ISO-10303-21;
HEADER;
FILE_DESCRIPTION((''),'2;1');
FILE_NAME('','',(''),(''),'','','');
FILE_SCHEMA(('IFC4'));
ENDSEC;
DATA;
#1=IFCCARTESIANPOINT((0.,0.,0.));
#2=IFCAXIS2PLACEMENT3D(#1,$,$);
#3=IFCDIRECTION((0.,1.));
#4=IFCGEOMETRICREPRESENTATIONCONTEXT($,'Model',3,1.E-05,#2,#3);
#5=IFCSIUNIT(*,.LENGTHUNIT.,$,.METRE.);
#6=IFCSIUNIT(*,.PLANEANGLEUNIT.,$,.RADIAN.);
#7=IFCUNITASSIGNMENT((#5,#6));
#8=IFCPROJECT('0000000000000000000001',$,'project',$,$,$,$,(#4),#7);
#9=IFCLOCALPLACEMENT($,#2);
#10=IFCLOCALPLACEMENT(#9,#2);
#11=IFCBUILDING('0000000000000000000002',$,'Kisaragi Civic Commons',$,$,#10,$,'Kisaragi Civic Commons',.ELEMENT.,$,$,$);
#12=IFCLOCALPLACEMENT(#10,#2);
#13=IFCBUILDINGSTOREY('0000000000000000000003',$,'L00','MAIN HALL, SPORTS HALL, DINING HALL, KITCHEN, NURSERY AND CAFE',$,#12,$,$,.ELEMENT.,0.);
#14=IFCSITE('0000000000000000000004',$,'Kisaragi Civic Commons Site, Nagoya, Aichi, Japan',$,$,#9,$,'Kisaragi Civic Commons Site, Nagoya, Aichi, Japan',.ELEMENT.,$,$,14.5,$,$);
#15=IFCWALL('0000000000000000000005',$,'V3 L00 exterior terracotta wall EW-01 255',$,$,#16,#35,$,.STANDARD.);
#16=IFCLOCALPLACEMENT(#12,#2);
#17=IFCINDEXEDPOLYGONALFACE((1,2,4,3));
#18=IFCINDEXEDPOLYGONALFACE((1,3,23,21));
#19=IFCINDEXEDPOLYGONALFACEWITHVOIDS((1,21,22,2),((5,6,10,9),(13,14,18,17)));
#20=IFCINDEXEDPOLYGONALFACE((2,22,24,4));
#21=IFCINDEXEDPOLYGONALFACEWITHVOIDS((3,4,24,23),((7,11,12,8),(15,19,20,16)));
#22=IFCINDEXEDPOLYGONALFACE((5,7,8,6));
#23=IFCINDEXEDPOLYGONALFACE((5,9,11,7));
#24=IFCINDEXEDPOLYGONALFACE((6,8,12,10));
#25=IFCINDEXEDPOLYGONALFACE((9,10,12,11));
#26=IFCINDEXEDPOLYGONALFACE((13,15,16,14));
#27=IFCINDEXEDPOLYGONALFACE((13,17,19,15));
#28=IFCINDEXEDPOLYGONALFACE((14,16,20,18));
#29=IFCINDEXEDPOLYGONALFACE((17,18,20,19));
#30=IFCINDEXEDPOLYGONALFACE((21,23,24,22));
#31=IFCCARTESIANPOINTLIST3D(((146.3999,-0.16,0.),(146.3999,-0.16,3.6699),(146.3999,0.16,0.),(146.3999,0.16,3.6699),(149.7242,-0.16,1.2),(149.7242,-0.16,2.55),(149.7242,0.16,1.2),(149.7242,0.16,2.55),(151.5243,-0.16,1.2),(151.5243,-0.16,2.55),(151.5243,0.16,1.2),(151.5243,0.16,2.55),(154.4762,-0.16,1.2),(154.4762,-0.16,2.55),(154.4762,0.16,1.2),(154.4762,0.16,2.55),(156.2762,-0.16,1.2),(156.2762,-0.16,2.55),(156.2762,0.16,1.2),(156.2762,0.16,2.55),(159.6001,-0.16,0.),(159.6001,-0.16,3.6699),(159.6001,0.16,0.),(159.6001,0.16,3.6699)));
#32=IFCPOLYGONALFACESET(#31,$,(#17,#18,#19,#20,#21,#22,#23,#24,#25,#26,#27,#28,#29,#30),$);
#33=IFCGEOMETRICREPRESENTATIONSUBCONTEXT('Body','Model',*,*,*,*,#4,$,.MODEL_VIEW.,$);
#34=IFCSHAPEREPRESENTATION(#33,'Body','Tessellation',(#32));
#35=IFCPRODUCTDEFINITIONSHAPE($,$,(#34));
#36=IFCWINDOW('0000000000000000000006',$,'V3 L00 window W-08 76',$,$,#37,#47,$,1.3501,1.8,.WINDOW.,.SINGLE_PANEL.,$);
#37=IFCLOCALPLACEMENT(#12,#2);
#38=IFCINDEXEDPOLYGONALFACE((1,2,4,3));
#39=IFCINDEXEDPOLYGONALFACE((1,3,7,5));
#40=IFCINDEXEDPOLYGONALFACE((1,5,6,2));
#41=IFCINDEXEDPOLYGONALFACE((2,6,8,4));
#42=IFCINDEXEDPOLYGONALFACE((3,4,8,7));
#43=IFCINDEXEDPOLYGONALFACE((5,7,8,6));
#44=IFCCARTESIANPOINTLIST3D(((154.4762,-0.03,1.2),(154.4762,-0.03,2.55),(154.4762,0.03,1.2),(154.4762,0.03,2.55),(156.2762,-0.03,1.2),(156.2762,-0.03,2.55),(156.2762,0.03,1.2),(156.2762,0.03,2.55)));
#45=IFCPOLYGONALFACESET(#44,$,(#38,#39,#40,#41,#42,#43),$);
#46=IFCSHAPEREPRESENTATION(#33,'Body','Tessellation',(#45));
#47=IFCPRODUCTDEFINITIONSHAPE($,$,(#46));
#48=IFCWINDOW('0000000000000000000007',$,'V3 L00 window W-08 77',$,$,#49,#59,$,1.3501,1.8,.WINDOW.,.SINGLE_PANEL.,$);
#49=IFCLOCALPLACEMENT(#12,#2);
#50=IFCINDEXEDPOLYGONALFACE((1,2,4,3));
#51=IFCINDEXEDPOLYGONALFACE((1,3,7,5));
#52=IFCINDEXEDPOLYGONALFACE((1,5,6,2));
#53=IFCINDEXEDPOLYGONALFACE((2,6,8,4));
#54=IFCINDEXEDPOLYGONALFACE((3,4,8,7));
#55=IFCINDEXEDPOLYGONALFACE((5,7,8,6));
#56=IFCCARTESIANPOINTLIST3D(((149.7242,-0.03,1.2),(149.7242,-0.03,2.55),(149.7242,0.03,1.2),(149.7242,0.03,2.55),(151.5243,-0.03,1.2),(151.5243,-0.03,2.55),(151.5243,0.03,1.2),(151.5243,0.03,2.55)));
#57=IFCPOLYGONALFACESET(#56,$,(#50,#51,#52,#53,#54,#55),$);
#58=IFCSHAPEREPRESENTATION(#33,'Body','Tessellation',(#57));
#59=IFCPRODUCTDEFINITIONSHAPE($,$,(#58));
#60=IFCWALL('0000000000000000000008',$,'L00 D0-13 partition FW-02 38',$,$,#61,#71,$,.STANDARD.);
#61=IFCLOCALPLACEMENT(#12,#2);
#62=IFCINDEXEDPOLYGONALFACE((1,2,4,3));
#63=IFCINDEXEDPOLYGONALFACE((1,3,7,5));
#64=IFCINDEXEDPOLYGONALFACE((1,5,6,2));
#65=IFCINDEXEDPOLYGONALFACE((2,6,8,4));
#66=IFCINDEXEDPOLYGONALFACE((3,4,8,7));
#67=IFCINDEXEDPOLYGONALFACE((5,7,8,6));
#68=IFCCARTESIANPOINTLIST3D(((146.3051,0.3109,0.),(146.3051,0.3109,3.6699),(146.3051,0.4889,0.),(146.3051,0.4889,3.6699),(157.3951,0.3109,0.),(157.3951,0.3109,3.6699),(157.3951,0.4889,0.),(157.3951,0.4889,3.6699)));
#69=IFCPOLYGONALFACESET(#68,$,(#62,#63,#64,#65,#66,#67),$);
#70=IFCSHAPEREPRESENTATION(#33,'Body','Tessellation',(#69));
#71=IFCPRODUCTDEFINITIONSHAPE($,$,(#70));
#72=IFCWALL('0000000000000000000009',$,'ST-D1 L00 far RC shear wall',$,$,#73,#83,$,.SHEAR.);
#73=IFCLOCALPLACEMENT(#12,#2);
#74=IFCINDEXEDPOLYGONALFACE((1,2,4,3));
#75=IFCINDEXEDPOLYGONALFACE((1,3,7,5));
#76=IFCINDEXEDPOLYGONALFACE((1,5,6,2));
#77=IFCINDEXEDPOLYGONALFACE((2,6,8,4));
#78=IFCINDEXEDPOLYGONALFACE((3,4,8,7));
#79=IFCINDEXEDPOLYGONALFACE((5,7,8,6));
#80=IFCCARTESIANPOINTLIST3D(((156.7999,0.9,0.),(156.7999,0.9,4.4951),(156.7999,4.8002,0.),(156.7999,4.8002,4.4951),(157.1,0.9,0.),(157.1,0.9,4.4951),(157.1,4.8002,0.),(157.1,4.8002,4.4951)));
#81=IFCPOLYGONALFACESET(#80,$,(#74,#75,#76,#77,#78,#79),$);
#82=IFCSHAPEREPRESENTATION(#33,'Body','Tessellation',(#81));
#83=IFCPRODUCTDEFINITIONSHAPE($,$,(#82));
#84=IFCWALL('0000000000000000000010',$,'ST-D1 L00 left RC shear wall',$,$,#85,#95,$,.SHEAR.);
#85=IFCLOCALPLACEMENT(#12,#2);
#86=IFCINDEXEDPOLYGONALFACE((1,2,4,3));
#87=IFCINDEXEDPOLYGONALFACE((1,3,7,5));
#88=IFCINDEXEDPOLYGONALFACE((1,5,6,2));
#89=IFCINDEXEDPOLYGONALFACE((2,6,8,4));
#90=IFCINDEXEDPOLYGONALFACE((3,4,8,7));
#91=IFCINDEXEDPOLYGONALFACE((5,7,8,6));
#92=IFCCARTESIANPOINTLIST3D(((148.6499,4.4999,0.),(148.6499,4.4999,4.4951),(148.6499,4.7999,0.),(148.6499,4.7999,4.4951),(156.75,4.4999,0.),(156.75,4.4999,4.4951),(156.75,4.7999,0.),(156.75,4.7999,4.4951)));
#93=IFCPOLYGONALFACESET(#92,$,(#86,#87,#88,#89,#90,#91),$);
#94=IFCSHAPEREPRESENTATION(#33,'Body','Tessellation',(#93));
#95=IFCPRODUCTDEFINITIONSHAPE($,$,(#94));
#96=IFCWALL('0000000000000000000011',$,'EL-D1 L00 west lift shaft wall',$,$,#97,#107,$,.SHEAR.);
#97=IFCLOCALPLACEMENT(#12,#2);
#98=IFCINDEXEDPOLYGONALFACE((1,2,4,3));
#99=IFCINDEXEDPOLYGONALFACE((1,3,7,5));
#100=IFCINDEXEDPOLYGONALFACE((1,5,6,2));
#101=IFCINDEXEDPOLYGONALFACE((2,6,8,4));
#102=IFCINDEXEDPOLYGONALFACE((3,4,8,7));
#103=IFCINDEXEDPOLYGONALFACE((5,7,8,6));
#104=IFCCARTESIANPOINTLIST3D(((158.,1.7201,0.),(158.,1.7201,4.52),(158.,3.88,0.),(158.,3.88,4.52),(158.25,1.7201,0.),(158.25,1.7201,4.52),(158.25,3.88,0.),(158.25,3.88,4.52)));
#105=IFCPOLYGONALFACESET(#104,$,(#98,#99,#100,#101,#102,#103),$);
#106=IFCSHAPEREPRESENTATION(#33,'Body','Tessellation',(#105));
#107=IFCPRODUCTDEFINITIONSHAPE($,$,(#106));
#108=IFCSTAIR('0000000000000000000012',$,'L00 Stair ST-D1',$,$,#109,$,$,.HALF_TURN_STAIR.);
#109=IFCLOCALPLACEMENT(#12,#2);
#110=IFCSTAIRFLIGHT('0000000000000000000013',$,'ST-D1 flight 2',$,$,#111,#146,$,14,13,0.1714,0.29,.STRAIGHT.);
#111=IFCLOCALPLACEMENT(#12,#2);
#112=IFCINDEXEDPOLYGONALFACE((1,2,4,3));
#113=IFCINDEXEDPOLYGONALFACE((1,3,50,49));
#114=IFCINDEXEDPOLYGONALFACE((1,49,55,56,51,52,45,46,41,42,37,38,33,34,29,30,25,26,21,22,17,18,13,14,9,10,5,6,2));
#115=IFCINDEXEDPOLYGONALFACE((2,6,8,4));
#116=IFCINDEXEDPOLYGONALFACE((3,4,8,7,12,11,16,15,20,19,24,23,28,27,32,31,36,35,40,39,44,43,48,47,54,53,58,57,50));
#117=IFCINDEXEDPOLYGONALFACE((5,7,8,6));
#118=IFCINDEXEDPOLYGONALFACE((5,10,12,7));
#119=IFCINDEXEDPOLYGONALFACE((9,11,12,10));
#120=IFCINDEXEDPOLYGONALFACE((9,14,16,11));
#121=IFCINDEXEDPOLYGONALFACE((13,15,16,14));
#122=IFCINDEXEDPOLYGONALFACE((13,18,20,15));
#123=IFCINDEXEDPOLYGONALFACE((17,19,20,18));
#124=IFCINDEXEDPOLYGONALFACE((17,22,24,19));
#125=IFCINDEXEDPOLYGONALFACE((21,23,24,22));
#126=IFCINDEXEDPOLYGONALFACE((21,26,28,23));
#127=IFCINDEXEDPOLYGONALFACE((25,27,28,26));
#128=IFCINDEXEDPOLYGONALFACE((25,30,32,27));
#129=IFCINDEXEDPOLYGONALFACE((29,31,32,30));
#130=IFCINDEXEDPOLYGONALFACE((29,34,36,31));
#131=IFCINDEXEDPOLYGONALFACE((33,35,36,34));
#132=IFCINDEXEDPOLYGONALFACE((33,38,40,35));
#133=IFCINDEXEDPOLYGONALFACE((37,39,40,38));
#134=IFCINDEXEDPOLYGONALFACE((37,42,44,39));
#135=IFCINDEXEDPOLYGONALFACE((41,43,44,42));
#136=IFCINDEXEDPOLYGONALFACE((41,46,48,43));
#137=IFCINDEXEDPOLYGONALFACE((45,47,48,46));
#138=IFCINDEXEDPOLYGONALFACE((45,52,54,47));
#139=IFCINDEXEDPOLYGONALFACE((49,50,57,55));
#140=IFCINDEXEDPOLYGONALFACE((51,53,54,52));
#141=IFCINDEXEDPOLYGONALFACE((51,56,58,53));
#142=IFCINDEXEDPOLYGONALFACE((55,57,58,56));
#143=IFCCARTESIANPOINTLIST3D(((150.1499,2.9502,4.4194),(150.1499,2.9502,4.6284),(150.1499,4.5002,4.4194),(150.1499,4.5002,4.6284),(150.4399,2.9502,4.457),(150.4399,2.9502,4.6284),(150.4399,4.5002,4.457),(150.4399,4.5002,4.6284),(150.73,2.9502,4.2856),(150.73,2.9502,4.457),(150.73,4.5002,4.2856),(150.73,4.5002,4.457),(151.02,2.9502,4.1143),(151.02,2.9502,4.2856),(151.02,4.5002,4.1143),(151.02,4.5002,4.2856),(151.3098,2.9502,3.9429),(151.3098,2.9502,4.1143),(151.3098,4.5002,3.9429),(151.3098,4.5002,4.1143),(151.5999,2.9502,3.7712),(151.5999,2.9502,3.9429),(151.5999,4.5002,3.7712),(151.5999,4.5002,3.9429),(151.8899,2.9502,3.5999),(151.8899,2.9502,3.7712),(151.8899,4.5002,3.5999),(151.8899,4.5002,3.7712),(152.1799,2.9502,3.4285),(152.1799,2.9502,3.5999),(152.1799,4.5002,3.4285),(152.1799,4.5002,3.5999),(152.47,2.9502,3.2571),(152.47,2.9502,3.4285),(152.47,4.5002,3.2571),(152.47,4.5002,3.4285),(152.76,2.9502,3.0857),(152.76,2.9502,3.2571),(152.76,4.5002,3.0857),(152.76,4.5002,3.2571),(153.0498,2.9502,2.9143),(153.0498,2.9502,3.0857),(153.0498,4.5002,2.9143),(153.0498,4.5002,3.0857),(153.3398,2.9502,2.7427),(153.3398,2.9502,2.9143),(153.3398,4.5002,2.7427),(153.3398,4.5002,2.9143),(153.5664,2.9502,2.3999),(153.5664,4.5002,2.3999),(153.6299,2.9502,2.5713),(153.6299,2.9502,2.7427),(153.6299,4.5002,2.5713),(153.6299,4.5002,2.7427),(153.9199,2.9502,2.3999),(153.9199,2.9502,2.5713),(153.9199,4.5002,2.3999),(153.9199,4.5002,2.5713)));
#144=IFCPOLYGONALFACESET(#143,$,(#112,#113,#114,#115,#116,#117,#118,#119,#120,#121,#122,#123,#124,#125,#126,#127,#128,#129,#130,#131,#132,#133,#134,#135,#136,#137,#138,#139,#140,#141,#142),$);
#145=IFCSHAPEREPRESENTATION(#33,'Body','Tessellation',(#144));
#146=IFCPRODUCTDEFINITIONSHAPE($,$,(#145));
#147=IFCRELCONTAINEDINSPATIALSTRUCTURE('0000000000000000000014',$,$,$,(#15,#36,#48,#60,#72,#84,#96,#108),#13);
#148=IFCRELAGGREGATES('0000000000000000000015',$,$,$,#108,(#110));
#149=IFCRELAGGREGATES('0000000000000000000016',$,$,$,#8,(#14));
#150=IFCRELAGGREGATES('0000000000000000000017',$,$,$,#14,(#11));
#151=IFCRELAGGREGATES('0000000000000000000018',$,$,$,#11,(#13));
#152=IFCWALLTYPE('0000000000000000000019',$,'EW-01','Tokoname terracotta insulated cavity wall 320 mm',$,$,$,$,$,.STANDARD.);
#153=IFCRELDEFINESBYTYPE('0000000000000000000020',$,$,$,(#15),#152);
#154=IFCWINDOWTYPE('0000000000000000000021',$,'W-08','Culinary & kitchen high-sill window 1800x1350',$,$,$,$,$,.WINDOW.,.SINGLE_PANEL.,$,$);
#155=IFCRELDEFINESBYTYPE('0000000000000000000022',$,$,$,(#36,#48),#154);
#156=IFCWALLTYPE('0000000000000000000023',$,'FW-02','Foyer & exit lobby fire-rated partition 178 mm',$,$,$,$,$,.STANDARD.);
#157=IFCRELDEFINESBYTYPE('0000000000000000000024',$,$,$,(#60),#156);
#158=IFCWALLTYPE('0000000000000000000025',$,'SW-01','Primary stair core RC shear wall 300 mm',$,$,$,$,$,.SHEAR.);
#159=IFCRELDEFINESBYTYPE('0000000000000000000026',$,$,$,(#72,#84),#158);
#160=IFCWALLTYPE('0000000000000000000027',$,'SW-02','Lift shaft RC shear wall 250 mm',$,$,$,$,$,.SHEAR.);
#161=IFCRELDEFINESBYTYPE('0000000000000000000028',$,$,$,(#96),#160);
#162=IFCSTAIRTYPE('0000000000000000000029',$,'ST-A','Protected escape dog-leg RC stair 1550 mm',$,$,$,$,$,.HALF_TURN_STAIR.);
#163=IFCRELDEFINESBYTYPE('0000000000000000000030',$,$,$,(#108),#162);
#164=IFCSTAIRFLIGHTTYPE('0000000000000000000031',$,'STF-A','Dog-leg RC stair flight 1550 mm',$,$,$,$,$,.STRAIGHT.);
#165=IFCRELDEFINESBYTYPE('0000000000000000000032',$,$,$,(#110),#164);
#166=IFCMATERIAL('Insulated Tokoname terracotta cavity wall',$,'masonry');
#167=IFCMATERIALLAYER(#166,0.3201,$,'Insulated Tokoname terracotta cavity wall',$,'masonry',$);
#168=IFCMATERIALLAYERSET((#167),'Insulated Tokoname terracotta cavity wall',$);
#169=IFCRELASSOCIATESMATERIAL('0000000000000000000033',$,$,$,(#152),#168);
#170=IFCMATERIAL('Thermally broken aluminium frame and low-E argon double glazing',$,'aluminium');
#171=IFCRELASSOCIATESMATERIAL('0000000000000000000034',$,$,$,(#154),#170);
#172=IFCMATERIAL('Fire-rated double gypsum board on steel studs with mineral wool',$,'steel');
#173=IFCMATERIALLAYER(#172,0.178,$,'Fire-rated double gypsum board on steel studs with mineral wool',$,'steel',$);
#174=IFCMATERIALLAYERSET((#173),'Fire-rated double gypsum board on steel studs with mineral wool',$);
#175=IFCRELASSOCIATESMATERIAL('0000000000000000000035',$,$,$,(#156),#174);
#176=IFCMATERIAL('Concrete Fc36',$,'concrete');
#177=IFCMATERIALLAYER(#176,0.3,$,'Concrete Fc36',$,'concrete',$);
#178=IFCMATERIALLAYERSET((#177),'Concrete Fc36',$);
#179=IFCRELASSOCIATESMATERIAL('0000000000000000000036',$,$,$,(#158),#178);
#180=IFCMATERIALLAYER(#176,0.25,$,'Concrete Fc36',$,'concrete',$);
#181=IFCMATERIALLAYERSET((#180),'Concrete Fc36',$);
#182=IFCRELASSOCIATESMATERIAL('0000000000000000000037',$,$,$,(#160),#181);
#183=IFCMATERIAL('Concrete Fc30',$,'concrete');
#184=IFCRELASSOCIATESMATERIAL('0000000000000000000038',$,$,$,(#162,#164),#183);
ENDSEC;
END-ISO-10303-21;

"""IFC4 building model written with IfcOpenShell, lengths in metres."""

from ifc_helpers import new_model, si_unit, direction, frame, frame_2d, origin, place, context, subcontext, project, spatial, polyline, rectangle, outline, extrude, material, layer, layer_set, type_object, element, fill, aggregate, save


model = new_model("IFC4")

# Units and contexts
model_context = context("Model", 3, precision=1e-05, world=origin(), true_north=direction((0.0, 1.0)))
body_context = subcontext(model_context, "Body", "Model", "MODEL_VIEW")
ifc_project = project(units=[si_unit("LENGTHUNIT", "METRE"), si_unit("PLANEANGLEUNIT", "RADIAN")], contexts=[model_context])

# Site, building, storey
site_placement = place(None, origin())
site = spatial("IfcSite", under=ifc_project, at=site_placement, Name="Kisaragi Civic Commons Site, Nagoya, Aichi, Japan", LongName="Kisaragi Civic Commons Site, Nagoya, Aichi, Japan", CompositionType="ELEMENT", RefElevation=14.5)
building_placement = place(site_placement, origin())
building = spatial("IfcBuilding", under=site, at=building_placement, Name="Kisaragi Civic Commons", LongName="Kisaragi Civic Commons", CompositionType="ELEMENT")
storey_placement = place(building_placement, origin())
storey = spatial("IfcBuildingStorey", under=building, at=storey_placement, Name="L00", Description="MAIN HALL, SPORTS HALL, DINING HALL, KITCHEN, NURSERY AND CAFE", CompositionType="ELEMENT", Elevation=0.0)

# Shared definitions
ifc_material_1 = material(Name="Concrete Fc36", Category="concrete")

# Wall, openings, windows
ifc_material_2 = material(Name="Insulated Tokoname terracotta cavity wall", Category="masonry")
ifc_layer_1 = layer(ifc_material_2, 0.3201, Name="Insulated Tokoname terracotta cavity wall", Category="masonry")
ifc_layer_set_1 = layer_set([ifc_layer_1], Name="Insulated Tokoname terracotta cavity wall")
wall_type_1 = type_object("IfcWallType", Name="EW-01", Description="Tokoname terracotta insulated cavity wall 320 mm", PredefinedType="STANDARD", material=ifc_layer_set_1)
wall_1_placement = place(storey_placement, frame((159.6001, 0.0, 0.0), z_axis=(0.0, 0.0, 1.0), x_axis=(-1.0, 0.0, 0.0)))
wall_1 = element("IfcWall", 1, at=wall_1_placement, inside=storey, type_object=wall_type_1, Name="V3 L00 exterior terracotta wall EW-01 255", PredefinedType="STANDARD", context=body_context, shape_type="SweptSolid", body=[
    extrude(rectangle(XDim=13.2002, YDim=0.3201, at=frame_2d((6.6001, 0.0))), origin(), (0.0, 0.0, 1.0), 3.6699),
])
opening_1_placement = place(wall_1_placement, frame((3.324, 0.0, 1.2)))
opening_1 = element("IfcOpeningElement", 2, at=opening_1_placement, cuts=wall_1, PredefinedType="OPENING", context=body_context, shape_type="SweptSolid", body=[
    extrude(rectangle(XDim=1.8, YDim=1.3501, at=frame_2d((0.8999, 0.675))), frame((0.0, 0.1699, 0.0), z_axis=(0.0, -1.0, 0.0), x_axis=(1.0, 0.0, 0.0)), (0.0, 0.0, 1.0), 0.3401),
])
opening_2_placement = place(wall_1_placement, frame((8.0759, 0.0, 1.2)))
opening_2 = element("IfcOpeningElement", 3, at=opening_2_placement, cuts=wall_1, PredefinedType="OPENING", context=body_context, shape_type="SweptSolid", body=[
    extrude(rectangle(XDim=1.8, YDim=1.3501, at=frame_2d((0.8999, 0.675))), frame((0.0, 0.1699, 0.0), z_axis=(0.0, -1.0, 0.0), x_axis=(1.0, 0.0, 0.0)), (0.0, 0.0, 1.0), 0.3401),
])
ifc_material_3 = material(Name="Thermally broken aluminium frame and low-E argon double glazing", Category="aluminium")
window_type = type_object("IfcWindowType", Name="W-08", Description="Culinary & kitchen high-sill window 1800x1350", PartitioningType="SINGLE_PANEL", PredefinedType="WINDOW", material=ifc_material_3)
window_1_placement = place(opening_1_placement, origin())
window_1 = element("IfcWindow", 4, at=window_1_placement, inside=storey, type_object=window_type, Name="V3 L00 window W-08 76", OverallHeight=1.3501, OverallWidth=1.8, PartitioningType="SINGLE_PANEL", PredefinedType="WINDOW", context=body_context, shape_type="SweptSolid", body=[
    extrude(rectangle(XDim=1.8, YDim=1.3501, at=frame_2d((0.8999, 0.675))), frame((0.0, 0.03, 0.0), z_axis=(0.0, -1.0, 0.0), x_axis=(1.0, 0.0, 0.0)), (0.0, 0.0, 1.0), 0.0601),
])
fill(opening_1, window_1)
window_2_placement = place(opening_2_placement, origin())
window_2 = element("IfcWindow", 5, at=window_2_placement, inside=storey, type_object=window_type, Name="V3 L00 window W-08 77", OverallHeight=1.3501, OverallWidth=1.8, PartitioningType="SINGLE_PANEL", PredefinedType="WINDOW", context=body_context, shape_type="SweptSolid", body=[
    extrude(rectangle(XDim=1.8, YDim=1.3501, at=frame_2d((0.8999, 0.675))), frame((0.0, 0.03, 0.0), z_axis=(0.0, -1.0, 0.0), x_axis=(1.0, 0.0, 0.0)), (0.0, 0.0, 1.0), 0.0601),
])
fill(opening_2, window_2)

# Walls
ifc_material_4 = material(Name="Fire-rated double gypsum board on steel studs with mineral wool", Category="steel")
ifc_layer_2 = layer(ifc_material_4, 0.178, Name="Fire-rated double gypsum board on steel studs with mineral wool", Category="steel")
ifc_layer_set_2 = layer_set([ifc_layer_2], Name="Fire-rated double gypsum board on steel studs with mineral wool")
wall_type_2 = type_object("IfcWallType", Name="FW-02", Description="Foyer & exit lobby fire-rated partition 178 mm", PredefinedType="STANDARD", material=ifc_layer_set_2)
wall_2_placement = place(storey_placement, frame((157.395, 0.3999, 0.0), z_axis=(0.0, 0.0, 1.0), x_axis=(-1.0, 0.0, 0.0)))
element("IfcWall", 6, at=wall_2_placement, inside=storey, type_object=wall_type_2, Name="L00 D0-13 partition FW-02 38", PredefinedType="STANDARD", context=body_context, shape_type="SweptSolid", body=[
    extrude(rectangle(XDim=11.0901, YDim=0.178, at=frame_2d((5.5449, 0.0))), origin(), (0.0, 0.0, 1.0), 3.6699),
])
ifc_layer_3 = layer(ifc_material_1, 0.3, Name="Concrete Fc36", Category="concrete")
ifc_layer_set_3 = layer_set([ifc_layer_3], Name="Concrete Fc36")
wall_type_3 = type_object("IfcWallType", Name="SW-01", Description="Primary stair core RC shear wall 300 mm", PredefinedType="SHEAR", material=ifc_layer_set_3)
wall_3_placement = place(storey_placement, frame((156.95, 0.8999, 0.0), z_axis=(0.0, 0.0, 1.0), x_axis=(0.0, 1.0, 0.0)))
element("IfcWall", 7, at=wall_3_placement, inside=storey, type_object=wall_type_3, Name="ST-D1 L00 far RC shear wall", PredefinedType="SHEAR", context=body_context, shape_type="SweptSolid", body=[
    extrude(rectangle(XDim=3.9001, YDim=0.3, at=frame_2d((1.9502, 0.0))), origin(), (0.0, 0.0, 1.0), 4.4951),
])
wall_4_placement = place(storey_placement, frame((156.75, 4.6499, 0.0), z_axis=(0.0, 0.0, 1.0), x_axis=(-1.0, 0.0, 0.0)))
element("IfcWall", 8, at=wall_4_placement, inside=storey, type_object=wall_type_3, Name="ST-D1 L00 left RC shear wall", PredefinedType="SHEAR", context=body_context, shape_type="SweptSolid", body=[
    extrude(rectangle(XDim=8.1001, YDim=0.3, at=frame_2d((4.05, 0.0))), origin(), (0.0, 0.0, 1.0), 4.4951),
])
ifc_layer_4 = layer(ifc_material_1, 0.25, Name="Concrete Fc36", Category="concrete")
ifc_layer_set_4 = layer_set([ifc_layer_4], Name="Concrete Fc36")
wall_type_4 = type_object("IfcWallType", Name="SW-02", Description="Lift shaft RC shear wall 250 mm", PredefinedType="SHEAR", material=ifc_layer_set_4)
wall_5_placement = place(storey_placement, frame((158.125, 1.72, 0.0), z_axis=(0.0, 0.0, 1.0), x_axis=(0.0, 1.0, 0.0)))
element("IfcWall", 9, at=wall_5_placement, inside=storey, type_object=wall_type_4, Name="EL-D1 L00 west lift shaft wall", PredefinedType="SHEAR", context=body_context, shape_type="SweptSolid", body=[
    extrude(rectangle(XDim=2.1599, YDim=0.25, at=frame_2d((1.0801, 0.0))), origin(), (0.0, 0.0, 1.0), 4.52),
])

# Stair, stair flight
ifc_material_5 = material(Name="Concrete Fc30", Category="concrete")
stair_type = type_object("IfcStairType", Name="ST-A", Description="Protected escape dog-leg RC stair 1550 mm", PredefinedType="HALF_TURN_STAIR", material=ifc_material_5)
stair_placement = place(storey_placement, origin())
stair = element("IfcStair", 10, at=stair_placement, inside=storey, type_object=stair_type, Name="L00 Stair ST-D1", PredefinedType="HALF_TURN_STAIR")
stair_flight_type = type_object("IfcStairFlightType", Name="STF-A", Description="Dog-leg RC stair flight 1550 mm", PredefinedType="STRAIGHT", material=ifc_material_5)
stair_flight_placement = place(storey_placement, frame((153.9199, 3.7251, 2.3999), z_axis=(0.0, 0.0, 1.0), x_axis=(-1.0, 0.0, 0.0)))
stair_flight = element("IfcStairFlight", 11, at=stair_flight_placement, type_object=stair_flight_type, Name="ST-D1 flight 2", NumberOfRisers=14, NumberOfTreads=13, PredefinedType="STRAIGHT", RiserHeight=0.1714, TreadLength=0.29, context=body_context, shape_type="SweptSolid", body=[
    extrude(outline(polyline([(0.0, 0.0), (0.0, 0.1714), (0.29, 0.1714), (0.29, 0.3428), (0.5801, 0.3428), (0.5801, 0.5144), (0.8701, 0.5144), (0.8701, 0.6858), (1.1599, 0.6858), (1.1599, 0.8572), (1.45, 0.8572), (1.45, 1.0286), (1.74, 1.0286), (1.74, 1.2), (2.03, 1.2), (2.03, 1.3713), (2.3201, 1.3713), (2.3201, 1.543), (2.6101, 1.543), (2.6101, 1.7144), (2.8999, 1.7144), (2.8999, 1.8857), (3.1899, 1.8857), (3.1899, 2.0571), (3.48, 2.0571), (3.48, 2.2285), (3.77, 2.2285), (3.77, 2.3999), (3.77, 2.0195), (0.3535, 0.0), (0.0, 0.0)])), frame((0.0, 0.7749, 0.0), z_axis=(0.0, -1.0, 0.0), x_axis=(1.0, 0.0, 0.0)), (0.0, 0.0, 1.0), 1.55),
])
aggregate(stair, [stair_flight])

save(model, "model.ifc")
